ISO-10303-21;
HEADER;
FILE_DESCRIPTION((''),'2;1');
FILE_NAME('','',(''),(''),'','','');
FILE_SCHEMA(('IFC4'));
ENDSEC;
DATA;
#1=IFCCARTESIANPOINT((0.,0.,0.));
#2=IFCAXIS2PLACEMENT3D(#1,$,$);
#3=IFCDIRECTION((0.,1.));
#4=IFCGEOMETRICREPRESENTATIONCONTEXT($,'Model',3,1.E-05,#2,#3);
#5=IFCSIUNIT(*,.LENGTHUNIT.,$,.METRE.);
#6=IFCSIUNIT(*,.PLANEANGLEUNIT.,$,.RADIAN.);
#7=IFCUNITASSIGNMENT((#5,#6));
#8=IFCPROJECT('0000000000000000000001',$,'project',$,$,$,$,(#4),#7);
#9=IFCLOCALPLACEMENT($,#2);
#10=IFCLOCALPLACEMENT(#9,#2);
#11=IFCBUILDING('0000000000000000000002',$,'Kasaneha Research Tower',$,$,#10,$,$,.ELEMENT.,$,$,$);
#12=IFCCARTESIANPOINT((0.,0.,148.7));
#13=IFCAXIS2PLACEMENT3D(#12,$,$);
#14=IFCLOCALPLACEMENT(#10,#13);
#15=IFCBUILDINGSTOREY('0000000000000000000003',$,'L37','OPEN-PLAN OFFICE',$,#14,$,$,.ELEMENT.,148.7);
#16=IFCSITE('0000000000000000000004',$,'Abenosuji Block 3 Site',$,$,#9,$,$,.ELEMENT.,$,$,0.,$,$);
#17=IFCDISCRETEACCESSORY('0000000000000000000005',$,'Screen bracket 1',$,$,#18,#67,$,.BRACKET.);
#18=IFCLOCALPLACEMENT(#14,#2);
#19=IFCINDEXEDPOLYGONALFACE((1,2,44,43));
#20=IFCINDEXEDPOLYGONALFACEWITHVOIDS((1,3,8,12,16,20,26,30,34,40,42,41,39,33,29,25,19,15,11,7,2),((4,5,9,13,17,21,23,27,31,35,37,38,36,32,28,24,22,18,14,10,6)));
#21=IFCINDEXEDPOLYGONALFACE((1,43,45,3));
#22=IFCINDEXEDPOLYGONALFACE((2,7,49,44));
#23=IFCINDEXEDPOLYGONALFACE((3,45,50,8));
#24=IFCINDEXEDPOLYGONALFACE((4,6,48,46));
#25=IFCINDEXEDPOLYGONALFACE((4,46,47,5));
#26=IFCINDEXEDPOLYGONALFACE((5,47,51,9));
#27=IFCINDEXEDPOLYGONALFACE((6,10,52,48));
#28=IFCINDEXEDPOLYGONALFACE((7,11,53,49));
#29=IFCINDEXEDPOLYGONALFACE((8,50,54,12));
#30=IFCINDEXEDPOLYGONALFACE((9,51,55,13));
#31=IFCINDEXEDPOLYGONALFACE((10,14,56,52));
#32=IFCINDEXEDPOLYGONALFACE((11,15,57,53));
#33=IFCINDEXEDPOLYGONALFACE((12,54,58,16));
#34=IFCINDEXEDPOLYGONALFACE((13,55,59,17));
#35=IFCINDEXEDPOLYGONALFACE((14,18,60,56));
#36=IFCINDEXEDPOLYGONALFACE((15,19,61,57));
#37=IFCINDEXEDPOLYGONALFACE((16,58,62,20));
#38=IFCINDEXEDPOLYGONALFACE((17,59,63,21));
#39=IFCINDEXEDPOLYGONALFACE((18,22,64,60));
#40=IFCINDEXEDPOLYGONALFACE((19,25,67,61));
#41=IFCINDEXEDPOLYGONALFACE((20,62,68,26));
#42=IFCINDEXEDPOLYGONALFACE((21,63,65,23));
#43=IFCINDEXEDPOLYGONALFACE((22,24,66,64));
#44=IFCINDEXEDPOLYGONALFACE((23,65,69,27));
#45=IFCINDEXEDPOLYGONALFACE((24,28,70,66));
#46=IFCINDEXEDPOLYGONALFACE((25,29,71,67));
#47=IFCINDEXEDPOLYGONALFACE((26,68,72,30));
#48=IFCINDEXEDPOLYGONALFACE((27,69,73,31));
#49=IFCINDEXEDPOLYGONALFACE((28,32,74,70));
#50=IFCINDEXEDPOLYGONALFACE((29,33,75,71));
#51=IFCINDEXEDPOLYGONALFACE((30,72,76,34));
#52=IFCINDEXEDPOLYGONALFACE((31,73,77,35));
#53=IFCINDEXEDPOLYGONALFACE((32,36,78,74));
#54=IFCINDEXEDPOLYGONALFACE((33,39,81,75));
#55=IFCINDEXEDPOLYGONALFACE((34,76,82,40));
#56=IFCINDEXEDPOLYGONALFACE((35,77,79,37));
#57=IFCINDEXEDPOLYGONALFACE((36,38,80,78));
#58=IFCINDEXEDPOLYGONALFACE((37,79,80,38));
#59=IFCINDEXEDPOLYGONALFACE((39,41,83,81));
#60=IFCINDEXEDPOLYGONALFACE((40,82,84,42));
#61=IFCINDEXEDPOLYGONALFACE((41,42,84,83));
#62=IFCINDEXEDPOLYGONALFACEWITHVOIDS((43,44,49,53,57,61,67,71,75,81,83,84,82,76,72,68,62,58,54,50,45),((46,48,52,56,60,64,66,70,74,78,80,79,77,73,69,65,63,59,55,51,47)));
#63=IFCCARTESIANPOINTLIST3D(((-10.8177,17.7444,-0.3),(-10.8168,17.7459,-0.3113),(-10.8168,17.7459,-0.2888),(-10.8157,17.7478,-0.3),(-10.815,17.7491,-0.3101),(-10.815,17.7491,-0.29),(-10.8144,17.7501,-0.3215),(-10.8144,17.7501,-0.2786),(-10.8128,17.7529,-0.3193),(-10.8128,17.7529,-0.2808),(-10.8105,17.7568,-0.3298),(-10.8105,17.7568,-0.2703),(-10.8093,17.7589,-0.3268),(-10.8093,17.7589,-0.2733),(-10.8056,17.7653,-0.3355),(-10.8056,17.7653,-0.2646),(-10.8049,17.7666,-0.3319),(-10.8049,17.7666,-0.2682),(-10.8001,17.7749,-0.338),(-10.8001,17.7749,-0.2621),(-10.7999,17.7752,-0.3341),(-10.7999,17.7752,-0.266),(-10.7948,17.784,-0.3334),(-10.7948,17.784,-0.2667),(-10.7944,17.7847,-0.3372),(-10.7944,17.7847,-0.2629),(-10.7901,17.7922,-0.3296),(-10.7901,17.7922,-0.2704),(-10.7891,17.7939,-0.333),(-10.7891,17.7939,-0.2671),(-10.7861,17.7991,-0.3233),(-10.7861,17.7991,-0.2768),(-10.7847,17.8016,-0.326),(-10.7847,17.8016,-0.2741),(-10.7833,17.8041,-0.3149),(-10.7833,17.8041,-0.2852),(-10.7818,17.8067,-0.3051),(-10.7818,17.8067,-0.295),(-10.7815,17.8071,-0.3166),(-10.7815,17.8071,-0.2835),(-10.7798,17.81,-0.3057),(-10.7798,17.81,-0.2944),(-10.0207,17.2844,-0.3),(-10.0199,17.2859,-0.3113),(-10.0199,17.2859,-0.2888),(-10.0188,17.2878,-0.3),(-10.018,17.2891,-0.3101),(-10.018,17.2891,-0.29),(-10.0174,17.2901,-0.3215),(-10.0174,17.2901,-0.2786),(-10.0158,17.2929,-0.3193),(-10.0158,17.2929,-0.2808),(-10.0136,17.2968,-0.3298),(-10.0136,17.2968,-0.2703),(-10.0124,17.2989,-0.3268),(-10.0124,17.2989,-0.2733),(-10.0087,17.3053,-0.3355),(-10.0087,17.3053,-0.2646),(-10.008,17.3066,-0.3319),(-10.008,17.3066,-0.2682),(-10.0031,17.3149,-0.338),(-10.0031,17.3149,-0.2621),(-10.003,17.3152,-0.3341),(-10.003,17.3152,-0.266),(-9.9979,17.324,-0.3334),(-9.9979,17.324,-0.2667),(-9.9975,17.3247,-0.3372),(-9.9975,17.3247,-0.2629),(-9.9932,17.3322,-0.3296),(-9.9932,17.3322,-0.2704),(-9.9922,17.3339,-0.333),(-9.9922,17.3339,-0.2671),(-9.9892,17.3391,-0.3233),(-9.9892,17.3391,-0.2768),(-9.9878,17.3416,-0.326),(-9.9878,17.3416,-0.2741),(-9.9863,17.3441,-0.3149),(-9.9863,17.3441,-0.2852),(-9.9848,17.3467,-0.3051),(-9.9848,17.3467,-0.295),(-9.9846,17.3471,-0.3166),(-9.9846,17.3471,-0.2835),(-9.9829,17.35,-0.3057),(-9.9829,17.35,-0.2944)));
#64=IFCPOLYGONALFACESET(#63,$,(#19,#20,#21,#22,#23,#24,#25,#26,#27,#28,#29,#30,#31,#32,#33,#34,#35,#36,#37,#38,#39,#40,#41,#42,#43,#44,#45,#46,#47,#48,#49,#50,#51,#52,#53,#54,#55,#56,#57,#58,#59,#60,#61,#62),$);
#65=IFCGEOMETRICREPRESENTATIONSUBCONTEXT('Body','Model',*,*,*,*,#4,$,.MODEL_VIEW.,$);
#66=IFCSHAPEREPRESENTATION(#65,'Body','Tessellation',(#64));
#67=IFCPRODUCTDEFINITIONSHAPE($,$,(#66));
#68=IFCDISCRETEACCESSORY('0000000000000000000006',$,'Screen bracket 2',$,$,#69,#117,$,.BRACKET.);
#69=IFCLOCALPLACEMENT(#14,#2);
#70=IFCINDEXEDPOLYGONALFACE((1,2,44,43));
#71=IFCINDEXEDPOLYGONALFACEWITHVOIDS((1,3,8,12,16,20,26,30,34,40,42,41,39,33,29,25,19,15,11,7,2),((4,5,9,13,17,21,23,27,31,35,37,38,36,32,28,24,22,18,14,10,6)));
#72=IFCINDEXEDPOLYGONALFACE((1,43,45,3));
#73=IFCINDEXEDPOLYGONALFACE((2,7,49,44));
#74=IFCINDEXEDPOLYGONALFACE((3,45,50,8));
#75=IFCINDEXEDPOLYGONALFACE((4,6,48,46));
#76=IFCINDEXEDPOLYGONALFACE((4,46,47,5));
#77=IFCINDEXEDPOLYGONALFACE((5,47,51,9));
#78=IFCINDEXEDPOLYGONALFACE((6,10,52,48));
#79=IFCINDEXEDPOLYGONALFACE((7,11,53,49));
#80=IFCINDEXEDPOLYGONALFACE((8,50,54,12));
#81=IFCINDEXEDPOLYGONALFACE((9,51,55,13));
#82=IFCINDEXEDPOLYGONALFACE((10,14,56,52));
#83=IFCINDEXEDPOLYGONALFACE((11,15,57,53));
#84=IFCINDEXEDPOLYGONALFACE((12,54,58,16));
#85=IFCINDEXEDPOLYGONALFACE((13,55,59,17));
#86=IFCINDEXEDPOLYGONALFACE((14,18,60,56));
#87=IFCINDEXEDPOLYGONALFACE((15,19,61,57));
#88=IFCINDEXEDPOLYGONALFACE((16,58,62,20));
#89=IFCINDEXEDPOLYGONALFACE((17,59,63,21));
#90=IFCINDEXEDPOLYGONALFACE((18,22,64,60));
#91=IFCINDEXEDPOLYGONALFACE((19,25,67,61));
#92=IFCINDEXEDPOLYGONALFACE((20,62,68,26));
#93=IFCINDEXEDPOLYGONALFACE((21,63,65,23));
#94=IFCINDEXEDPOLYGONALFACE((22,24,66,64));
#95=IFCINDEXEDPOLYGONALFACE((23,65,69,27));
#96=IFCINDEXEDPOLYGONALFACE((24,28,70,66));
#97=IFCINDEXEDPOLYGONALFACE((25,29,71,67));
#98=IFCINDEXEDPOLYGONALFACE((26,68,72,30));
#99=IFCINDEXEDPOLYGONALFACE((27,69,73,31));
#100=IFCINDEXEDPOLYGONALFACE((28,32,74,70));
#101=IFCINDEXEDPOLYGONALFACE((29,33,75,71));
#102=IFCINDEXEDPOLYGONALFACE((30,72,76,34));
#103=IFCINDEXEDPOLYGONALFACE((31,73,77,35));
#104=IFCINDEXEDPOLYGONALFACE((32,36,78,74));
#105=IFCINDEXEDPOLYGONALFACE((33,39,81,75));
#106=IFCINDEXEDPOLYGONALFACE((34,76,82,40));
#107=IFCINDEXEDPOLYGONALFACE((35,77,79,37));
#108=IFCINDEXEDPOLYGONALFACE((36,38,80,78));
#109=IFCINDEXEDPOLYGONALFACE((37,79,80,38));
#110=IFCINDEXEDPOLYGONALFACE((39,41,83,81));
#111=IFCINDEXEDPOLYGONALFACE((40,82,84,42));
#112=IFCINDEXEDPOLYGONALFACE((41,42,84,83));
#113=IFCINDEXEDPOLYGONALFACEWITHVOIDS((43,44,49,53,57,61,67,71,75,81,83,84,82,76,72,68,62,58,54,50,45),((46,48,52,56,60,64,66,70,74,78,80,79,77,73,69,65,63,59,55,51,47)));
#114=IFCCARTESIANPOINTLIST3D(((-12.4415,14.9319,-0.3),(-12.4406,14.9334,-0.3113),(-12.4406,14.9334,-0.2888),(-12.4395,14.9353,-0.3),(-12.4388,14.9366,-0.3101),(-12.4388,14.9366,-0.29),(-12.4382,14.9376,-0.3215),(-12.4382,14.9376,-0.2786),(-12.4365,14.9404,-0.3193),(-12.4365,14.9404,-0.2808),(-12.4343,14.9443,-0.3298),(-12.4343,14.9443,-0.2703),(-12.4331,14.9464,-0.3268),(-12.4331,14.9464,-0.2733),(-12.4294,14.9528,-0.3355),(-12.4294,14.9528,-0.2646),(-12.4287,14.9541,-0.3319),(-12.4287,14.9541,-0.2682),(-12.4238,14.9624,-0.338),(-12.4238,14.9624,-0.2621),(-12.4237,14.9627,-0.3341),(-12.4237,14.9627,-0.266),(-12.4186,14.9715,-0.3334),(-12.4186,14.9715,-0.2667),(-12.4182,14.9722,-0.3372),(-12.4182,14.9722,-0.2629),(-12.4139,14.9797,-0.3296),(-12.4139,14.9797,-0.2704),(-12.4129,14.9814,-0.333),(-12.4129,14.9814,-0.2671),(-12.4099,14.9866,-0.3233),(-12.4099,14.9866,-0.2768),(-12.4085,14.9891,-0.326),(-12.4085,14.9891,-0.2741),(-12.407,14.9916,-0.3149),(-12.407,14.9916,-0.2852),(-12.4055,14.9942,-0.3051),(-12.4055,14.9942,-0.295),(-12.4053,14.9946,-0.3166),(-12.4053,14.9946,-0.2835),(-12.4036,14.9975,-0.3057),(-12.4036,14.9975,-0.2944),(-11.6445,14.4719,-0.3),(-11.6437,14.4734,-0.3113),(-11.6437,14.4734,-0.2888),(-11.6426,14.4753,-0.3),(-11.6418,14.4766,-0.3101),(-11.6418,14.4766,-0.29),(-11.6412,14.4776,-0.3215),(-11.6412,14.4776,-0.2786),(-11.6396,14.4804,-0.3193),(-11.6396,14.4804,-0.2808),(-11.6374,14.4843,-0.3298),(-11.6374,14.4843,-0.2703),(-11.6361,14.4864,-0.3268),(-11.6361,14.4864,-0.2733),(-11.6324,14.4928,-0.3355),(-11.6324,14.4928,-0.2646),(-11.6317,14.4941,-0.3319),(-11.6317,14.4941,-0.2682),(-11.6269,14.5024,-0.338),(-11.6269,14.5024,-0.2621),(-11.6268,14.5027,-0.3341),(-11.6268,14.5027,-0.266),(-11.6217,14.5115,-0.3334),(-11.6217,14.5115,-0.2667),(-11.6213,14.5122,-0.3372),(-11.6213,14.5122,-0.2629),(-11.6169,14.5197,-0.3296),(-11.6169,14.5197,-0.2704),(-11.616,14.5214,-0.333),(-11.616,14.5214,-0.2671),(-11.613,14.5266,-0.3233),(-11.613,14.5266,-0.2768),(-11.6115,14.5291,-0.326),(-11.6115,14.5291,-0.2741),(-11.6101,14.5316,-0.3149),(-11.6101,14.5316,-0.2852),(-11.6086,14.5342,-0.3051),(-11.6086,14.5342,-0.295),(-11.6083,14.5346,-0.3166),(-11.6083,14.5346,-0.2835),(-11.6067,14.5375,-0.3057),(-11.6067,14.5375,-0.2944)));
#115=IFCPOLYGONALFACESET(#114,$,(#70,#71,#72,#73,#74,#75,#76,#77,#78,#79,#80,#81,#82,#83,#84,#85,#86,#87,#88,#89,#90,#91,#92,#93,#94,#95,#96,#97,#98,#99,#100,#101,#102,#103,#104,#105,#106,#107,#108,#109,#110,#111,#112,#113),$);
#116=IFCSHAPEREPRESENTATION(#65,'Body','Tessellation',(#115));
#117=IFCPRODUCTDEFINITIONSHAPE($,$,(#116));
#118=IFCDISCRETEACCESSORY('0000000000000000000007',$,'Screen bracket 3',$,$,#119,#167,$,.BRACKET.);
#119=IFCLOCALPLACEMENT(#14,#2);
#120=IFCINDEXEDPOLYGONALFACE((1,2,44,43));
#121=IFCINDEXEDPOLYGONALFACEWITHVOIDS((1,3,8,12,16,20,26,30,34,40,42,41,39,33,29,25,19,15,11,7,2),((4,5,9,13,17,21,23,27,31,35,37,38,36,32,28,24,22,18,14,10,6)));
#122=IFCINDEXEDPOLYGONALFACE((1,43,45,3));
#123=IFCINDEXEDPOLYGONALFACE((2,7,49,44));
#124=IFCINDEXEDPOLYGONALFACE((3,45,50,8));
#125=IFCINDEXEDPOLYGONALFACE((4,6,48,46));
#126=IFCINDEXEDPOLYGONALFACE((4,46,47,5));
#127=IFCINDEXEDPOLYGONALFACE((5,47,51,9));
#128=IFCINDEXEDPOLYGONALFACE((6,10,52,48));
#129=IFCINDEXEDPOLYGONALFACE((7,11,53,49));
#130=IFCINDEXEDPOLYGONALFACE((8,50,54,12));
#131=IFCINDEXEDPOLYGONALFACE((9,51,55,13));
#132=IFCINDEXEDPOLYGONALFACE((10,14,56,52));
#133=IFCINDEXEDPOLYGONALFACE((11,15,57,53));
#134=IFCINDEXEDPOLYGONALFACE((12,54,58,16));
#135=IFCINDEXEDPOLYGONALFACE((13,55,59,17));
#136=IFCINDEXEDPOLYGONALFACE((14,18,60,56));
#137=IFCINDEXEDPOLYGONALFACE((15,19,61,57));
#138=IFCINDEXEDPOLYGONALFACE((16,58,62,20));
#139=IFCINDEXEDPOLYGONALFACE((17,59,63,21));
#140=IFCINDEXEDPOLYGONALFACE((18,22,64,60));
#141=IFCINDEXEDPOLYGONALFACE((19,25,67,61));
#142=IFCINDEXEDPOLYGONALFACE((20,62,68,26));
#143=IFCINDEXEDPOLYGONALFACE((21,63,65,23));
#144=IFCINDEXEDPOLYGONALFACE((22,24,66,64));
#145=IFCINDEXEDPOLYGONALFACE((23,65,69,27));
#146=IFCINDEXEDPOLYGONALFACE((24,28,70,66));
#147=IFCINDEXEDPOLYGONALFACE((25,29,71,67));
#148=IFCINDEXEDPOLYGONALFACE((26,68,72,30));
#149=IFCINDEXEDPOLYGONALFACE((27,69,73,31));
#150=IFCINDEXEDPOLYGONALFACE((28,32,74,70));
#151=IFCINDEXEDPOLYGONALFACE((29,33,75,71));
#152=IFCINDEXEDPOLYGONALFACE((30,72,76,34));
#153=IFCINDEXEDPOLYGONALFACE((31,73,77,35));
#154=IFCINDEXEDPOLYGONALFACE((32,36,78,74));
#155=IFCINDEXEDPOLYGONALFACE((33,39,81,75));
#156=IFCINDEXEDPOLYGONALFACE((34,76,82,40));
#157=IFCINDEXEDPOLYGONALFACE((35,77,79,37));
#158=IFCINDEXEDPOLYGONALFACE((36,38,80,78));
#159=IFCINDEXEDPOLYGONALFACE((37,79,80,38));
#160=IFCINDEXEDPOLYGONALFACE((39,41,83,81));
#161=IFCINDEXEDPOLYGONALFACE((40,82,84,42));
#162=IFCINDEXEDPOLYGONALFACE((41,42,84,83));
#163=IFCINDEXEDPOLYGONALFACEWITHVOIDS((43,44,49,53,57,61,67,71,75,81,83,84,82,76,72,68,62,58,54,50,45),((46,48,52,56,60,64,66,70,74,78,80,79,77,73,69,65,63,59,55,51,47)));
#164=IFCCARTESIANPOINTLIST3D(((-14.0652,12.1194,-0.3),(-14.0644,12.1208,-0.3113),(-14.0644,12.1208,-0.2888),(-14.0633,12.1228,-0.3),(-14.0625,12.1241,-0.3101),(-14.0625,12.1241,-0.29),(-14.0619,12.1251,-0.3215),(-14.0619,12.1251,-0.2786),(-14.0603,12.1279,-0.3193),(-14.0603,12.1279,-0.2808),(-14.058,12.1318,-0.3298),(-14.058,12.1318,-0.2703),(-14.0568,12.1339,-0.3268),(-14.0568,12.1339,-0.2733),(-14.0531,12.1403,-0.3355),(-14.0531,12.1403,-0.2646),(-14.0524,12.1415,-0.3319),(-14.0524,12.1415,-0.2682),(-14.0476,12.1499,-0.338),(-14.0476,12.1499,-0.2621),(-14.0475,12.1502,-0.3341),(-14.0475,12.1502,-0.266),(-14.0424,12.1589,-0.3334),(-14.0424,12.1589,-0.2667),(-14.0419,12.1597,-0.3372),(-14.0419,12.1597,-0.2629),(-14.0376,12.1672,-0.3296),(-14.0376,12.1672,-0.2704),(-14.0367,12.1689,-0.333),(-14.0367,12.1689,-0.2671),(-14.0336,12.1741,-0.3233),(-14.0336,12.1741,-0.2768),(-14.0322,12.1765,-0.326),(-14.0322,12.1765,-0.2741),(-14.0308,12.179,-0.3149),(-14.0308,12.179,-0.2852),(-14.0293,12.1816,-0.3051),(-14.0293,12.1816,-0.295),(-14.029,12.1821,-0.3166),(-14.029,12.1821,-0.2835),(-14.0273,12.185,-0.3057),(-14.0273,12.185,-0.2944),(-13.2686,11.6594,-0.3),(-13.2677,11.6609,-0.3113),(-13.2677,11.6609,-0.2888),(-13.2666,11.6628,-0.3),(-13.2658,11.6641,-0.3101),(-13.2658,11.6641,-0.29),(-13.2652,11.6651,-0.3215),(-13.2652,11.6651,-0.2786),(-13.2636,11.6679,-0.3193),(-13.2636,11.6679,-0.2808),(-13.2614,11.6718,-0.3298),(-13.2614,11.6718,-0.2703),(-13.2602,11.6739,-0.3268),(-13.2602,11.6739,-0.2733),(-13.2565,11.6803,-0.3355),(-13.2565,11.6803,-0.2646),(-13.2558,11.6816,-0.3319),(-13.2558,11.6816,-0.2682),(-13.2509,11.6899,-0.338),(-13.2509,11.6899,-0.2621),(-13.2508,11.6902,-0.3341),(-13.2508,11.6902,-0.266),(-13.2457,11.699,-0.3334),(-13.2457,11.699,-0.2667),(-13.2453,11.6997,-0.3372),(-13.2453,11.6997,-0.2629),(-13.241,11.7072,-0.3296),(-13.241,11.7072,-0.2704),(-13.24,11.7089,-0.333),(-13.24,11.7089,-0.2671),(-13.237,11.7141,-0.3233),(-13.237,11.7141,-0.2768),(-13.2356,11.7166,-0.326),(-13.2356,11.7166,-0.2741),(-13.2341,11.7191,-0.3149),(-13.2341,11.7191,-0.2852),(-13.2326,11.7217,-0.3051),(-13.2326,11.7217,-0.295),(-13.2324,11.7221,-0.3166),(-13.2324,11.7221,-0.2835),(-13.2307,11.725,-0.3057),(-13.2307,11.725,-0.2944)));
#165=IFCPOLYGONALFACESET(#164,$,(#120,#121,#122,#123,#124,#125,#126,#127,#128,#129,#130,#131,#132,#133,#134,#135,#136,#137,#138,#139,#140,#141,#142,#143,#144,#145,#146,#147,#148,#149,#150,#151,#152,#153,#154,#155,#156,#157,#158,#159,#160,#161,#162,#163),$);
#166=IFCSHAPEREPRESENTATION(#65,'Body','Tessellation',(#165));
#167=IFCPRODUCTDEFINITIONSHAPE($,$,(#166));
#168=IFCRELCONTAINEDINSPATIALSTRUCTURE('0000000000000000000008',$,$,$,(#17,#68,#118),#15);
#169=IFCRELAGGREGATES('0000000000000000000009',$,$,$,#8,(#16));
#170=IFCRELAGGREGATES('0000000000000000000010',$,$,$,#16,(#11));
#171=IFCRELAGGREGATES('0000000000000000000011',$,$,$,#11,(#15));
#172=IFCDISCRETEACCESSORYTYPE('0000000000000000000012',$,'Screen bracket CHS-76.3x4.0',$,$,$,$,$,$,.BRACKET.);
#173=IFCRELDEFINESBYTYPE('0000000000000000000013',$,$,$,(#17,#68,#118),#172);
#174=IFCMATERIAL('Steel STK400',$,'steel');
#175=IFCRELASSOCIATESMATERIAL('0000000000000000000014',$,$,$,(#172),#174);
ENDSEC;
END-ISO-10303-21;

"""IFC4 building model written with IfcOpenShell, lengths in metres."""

from ifc_helpers import new_model, si_unit, direction, frame, origin, origin_2d, place, context, subcontext, project, spatial, hollow_circle, extrude, material, material_profile, profile_set, type_object, element, save


model = new_model("IFC4")

# Units and contexts
model_context = context("Model", 3, precision=1e-05, world=origin(), true_north=direction((0.0, 1.0)))
body_context = subcontext(model_context, "Body", "Model", "MODEL_VIEW")
ifc_project = project(units=[si_unit("LENGTHUNIT", "METRE"), si_unit("PLANEANGLEUNIT", "RADIAN")], contexts=[model_context])

# Site, building, storey
site_placement = place(None, origin())
site = spatial("IfcSite", under=ifc_project, at=site_placement, Name="Abenosuji Block 3 Site", CompositionType="ELEMENT", RefElevation=0.0)
building_placement = place(site_placement, origin())
building = spatial("IfcBuilding", under=site, at=building_placement, Name="Kasaneha Research Tower", CompositionType="ELEMENT")
storey_placement = place(building_placement, frame((0.0, 0.0, 148.7)))
storey = spatial("IfcBuildingStorey", under=building, at=storey_placement, Name="L37", Description="OPEN-PLAN OFFICE", CompositionType="ELEMENT", Elevation=148.7)

# Discrete accessories
ifc_material_1 = material(Name="Steel STK400", Category="steel")
ifc_material_profile_1 = material_profile(ifc_material_1, hollow_circle(Radius=0.0381, WallThickness=0.0039, at=origin_2d()), Name="CHS-76.3x4.0")
ifc_profile_set_1 = profile_set([ifc_material_profile_1], Name="Steel STK400")
discrete_accessory_type = type_object("IfcDiscreteAccessoryType", Name="Screen bracket CHS-76.3x4.0", PredefinedType="BRACKET", material=ifc_profile_set_1)
for number, where, z_axis, x_axis, name in (
    (1, (-10.0017, 17.3174, -0.3), (-0.86608, 0.499906, 0.0), (-0.499906, -0.86608, 0.0), "Screen bracket 1"),
    (2, (-11.6255, 14.5049, -0.3), (-0.86608, 0.499906, 0.0), (-0.499906, -0.86608, 0.0), "Screen bracket 2"),
):
    element("IfcDiscreteAccessory", number, at=place(storey_placement, frame(where, z_axis=z_axis, x_axis=x_axis)), inside=storey, type_object=discrete_accessory_type, Name=name, PredefinedType="BRACKET", context=body_context, shape_type="SweptSolid", body=[
        extrude(hollow_circle(Radius=0.0381, WallThickness=0.0039, at=origin_2d()), origin(), (0.0, 0.0, 1.0), 0.9202),
    ])
for number, where, z_axis, x_axis, name in (
    (3, (-13.2495, 11.6924, -0.3), (-0.866013, 0.500021, 0.0), (-0.500021, -0.866013, 0.0), "Screen bracket 3"),
):
    element("IfcDiscreteAccessory", number, at=place(storey_placement, frame(where, z_axis=z_axis, x_axis=x_axis)), inside=storey, type_object=discrete_accessory_type, Name=name, PredefinedType="BRACKET", context=body_context, shape_type="SweptSolid", body=[
        extrude(hollow_circle(Radius=0.0381, WallThickness=0.0039, at=origin_2d()), origin(), (0.0, 0.0, 1.0), 0.9199),
    ])

save(model, "model.ifc")
